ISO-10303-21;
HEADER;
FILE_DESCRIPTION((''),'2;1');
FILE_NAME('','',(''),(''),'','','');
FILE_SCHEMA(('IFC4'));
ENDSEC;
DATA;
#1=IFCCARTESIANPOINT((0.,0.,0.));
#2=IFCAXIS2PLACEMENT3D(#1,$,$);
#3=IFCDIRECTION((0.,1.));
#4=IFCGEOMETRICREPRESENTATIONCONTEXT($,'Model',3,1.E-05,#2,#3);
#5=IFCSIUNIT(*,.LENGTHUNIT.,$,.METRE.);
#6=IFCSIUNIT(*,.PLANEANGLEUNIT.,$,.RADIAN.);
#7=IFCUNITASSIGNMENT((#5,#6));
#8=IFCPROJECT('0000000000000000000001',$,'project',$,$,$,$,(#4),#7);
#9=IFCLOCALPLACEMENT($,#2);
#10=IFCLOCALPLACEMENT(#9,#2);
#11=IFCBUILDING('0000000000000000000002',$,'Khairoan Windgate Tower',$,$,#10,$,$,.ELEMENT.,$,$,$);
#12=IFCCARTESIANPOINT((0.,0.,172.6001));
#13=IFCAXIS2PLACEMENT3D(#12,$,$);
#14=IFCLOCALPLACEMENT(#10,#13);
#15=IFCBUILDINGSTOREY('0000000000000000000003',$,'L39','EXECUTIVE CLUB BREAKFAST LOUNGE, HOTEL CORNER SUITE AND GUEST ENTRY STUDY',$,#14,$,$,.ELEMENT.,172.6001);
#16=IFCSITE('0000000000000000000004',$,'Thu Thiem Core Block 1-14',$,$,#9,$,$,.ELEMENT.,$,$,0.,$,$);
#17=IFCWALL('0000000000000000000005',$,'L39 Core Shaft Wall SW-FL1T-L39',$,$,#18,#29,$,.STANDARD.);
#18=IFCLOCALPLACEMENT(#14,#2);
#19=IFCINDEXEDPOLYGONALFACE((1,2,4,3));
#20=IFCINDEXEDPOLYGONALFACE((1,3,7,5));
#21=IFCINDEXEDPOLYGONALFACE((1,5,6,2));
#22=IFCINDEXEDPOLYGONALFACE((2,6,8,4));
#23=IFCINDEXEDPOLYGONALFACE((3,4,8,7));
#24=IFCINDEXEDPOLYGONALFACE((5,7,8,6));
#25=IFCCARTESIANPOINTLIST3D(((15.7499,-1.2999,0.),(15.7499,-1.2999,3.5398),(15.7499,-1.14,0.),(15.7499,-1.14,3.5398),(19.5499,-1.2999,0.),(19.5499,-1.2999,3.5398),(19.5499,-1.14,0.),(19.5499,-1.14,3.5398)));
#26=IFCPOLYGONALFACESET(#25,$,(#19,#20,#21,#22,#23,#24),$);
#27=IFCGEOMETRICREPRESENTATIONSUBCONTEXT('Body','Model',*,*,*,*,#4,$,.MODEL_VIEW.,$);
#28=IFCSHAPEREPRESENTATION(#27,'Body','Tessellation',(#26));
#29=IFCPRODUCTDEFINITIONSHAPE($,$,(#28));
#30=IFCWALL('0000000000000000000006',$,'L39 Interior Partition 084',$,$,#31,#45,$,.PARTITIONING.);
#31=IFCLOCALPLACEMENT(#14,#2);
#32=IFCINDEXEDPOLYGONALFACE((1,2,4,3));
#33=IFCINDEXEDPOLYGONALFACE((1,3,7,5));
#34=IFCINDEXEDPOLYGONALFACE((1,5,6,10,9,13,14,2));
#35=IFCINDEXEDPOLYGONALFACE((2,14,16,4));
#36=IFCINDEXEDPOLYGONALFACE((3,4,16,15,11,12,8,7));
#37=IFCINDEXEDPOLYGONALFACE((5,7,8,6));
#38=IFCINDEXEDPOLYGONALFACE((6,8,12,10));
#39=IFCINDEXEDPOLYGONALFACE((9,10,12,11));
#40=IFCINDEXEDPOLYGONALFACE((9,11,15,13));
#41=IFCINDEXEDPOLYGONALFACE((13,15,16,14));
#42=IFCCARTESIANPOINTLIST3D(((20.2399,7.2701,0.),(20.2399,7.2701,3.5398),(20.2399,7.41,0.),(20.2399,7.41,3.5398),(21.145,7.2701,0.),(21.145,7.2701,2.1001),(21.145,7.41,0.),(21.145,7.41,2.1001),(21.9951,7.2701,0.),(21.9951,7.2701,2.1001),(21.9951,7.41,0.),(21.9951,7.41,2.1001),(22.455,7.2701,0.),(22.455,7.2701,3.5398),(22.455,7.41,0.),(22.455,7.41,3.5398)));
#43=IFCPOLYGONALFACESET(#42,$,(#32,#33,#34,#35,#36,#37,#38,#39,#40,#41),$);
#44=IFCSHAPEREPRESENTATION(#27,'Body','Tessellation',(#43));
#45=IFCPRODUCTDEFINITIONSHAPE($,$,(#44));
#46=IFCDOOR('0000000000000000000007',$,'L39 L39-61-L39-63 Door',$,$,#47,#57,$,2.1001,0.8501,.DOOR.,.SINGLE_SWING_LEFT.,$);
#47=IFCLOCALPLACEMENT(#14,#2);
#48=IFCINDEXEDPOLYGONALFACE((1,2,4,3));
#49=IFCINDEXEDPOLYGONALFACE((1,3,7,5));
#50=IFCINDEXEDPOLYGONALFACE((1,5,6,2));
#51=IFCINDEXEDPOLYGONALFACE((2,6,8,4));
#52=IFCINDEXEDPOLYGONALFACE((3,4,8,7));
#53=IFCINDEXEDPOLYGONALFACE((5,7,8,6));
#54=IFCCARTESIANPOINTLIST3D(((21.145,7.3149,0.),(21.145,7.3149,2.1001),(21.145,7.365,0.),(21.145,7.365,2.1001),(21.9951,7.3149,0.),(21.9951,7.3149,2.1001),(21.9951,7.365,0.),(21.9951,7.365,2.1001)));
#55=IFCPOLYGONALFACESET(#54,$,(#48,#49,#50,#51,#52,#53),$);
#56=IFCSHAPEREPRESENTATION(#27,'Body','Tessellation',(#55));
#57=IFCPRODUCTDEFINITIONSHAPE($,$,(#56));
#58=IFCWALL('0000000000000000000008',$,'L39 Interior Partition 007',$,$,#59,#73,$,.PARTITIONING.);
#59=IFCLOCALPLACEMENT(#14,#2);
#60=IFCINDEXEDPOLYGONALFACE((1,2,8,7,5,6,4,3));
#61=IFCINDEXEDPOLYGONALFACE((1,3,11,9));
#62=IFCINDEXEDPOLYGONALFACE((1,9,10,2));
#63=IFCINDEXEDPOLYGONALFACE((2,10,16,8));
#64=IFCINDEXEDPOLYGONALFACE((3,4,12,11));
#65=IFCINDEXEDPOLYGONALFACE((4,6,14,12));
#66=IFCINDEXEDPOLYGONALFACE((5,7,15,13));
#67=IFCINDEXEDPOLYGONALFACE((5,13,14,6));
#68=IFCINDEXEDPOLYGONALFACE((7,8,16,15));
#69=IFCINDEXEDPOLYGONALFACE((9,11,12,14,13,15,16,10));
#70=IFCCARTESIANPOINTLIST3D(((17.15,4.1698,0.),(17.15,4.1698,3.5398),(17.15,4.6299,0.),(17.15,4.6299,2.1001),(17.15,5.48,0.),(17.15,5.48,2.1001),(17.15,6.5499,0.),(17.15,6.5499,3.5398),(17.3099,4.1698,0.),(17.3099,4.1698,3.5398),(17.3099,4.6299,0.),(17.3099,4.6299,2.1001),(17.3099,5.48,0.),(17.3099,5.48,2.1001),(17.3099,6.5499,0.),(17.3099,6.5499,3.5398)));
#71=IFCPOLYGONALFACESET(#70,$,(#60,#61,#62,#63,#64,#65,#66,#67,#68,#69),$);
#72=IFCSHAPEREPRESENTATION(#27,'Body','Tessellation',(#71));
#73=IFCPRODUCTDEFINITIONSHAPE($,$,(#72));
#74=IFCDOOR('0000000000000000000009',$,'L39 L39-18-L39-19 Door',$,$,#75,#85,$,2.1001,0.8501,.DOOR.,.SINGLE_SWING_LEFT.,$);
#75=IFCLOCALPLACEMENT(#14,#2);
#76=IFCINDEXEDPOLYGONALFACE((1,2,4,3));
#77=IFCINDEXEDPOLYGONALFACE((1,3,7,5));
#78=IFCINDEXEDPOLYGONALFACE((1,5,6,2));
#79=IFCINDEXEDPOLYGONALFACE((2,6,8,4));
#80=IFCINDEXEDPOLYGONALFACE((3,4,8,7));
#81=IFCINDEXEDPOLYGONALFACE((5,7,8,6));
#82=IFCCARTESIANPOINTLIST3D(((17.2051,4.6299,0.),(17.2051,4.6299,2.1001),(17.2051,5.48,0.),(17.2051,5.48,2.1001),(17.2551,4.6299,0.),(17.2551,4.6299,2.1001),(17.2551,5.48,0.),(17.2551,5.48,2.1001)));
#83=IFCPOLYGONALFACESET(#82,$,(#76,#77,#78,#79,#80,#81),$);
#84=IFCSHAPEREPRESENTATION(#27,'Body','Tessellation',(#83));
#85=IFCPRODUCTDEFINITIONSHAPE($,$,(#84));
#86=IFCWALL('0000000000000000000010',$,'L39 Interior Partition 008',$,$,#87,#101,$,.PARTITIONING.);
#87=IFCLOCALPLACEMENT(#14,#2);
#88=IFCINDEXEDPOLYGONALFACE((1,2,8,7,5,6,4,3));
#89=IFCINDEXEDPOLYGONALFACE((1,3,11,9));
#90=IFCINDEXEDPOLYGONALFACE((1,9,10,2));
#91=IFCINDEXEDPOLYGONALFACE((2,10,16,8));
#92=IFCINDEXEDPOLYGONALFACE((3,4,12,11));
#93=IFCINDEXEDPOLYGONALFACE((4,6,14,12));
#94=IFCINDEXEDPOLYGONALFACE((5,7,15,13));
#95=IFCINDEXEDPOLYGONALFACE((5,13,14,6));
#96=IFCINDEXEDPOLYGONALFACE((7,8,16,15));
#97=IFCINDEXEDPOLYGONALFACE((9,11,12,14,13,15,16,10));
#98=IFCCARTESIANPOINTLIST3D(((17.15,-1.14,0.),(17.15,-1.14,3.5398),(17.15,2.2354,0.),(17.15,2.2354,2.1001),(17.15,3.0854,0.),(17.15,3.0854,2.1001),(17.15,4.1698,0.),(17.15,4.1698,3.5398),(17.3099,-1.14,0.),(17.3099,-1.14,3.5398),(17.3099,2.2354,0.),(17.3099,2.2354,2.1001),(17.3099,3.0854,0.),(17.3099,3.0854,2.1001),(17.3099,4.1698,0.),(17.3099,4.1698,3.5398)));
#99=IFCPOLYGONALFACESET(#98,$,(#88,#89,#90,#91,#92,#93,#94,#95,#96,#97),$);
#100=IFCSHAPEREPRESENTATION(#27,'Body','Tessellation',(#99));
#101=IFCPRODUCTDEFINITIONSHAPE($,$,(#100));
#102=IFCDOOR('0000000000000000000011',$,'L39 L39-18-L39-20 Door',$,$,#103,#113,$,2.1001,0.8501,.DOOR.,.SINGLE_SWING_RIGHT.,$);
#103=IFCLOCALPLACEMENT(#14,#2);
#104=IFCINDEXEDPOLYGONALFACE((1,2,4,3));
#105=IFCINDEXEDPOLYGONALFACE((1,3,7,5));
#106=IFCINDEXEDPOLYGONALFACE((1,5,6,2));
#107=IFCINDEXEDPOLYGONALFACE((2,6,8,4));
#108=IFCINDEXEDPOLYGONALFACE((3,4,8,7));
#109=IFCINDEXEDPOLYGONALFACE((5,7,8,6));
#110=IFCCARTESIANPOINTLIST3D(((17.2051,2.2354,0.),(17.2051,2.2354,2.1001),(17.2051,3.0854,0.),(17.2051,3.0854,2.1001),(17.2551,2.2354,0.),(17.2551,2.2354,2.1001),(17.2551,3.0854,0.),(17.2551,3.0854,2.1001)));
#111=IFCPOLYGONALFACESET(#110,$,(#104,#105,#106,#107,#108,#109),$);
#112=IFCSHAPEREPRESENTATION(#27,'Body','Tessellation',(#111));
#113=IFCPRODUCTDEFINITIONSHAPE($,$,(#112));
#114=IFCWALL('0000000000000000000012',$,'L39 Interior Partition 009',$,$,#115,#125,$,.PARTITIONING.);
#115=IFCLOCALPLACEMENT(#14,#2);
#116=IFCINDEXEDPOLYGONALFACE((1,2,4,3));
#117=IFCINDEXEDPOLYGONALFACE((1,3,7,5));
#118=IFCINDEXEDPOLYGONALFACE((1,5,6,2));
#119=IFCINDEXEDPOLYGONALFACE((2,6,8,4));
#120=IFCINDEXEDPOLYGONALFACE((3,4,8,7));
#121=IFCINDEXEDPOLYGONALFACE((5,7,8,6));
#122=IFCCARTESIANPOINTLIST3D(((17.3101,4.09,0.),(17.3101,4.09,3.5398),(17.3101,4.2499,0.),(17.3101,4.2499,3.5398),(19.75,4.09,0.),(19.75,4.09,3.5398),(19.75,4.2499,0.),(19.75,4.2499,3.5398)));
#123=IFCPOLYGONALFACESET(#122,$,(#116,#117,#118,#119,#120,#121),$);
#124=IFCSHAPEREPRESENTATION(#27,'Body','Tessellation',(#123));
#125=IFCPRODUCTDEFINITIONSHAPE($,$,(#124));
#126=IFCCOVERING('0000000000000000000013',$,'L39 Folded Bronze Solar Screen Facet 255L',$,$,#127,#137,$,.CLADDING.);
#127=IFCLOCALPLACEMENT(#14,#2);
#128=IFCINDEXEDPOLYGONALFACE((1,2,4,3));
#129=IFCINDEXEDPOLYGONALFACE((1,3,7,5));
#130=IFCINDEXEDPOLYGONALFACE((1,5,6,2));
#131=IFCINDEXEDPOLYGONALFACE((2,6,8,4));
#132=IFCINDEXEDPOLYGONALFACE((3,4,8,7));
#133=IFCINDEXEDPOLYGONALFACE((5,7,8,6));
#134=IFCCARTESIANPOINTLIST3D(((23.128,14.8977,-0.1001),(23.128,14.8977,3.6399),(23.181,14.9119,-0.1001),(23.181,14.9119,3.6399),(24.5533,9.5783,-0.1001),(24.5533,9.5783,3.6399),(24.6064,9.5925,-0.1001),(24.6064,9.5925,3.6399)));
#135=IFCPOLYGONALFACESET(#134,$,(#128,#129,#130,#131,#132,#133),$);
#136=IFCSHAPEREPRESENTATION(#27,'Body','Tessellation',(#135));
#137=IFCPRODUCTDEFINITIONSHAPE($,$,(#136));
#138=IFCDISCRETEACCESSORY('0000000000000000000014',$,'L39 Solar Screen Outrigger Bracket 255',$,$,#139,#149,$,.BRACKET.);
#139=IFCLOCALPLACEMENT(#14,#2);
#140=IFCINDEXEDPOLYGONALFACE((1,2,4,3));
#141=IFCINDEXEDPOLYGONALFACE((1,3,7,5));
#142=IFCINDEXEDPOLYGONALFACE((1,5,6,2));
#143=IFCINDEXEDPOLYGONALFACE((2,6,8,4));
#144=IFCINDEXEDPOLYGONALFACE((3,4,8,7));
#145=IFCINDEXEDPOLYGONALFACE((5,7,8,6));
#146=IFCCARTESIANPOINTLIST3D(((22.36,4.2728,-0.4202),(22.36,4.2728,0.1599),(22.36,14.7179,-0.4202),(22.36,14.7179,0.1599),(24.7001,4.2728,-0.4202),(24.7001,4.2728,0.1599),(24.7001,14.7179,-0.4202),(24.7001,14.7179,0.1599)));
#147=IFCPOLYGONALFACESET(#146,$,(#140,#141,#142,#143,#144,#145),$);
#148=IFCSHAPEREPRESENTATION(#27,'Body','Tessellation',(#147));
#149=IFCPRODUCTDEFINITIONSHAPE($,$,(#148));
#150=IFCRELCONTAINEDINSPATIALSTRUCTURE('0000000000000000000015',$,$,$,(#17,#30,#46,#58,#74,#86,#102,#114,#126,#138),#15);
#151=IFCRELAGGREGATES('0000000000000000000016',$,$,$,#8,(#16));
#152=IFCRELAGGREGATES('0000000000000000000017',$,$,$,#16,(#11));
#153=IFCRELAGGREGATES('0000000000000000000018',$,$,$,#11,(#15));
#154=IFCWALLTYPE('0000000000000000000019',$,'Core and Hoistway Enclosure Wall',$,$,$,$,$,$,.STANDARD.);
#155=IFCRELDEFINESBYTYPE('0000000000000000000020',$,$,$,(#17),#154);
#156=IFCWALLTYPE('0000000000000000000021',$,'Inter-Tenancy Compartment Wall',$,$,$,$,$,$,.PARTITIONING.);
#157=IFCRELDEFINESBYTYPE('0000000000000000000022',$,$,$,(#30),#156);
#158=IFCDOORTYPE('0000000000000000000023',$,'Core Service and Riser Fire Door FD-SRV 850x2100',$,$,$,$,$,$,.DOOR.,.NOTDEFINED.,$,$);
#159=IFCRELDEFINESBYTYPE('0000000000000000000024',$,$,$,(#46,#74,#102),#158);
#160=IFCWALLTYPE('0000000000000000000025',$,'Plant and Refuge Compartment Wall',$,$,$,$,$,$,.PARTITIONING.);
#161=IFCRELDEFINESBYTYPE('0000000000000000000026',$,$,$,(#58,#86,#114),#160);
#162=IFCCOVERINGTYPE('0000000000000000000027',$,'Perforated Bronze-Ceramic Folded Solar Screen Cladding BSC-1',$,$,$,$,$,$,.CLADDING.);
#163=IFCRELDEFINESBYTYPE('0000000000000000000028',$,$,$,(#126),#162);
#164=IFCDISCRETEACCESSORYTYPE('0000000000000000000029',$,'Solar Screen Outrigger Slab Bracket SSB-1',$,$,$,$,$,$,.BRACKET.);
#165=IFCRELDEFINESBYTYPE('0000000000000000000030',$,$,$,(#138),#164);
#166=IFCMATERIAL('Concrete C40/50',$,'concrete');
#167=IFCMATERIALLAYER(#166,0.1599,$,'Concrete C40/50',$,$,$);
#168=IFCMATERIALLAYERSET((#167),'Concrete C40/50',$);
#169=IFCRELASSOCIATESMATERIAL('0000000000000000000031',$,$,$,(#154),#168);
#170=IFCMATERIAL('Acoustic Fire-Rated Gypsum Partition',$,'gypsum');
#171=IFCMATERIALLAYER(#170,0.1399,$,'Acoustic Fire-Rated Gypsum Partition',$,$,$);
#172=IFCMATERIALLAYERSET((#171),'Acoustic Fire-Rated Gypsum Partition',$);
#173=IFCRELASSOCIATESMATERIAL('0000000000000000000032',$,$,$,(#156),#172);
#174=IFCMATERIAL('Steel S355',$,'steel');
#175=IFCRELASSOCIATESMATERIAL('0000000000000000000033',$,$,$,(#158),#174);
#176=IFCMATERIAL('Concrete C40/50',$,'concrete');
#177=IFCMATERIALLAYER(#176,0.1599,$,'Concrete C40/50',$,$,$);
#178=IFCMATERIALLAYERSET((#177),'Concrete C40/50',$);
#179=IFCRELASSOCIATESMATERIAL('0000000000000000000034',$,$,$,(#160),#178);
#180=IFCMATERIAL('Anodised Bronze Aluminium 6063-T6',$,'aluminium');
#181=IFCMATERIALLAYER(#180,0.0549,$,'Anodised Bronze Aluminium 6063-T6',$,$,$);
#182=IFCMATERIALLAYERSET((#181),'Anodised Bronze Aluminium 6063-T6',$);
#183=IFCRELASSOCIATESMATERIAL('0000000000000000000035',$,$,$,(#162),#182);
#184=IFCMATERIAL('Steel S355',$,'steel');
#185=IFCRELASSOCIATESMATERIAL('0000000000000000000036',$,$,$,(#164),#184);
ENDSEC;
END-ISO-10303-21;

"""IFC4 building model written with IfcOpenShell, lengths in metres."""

from ifc_helpers import new_model, si_unit, direction, frame, frame_2d, origin, origin_2d, place, context, subcontext, project, spatial, rectangle, extrude, material, layer, layer_set, type_object, element, fill, save


model = new_model("IFC4")

# Units and contexts
model_context = context("Model", 3, precision=1e-05, world=origin(), true_north=direction((0.0, 1.0)))
body_context = subcontext(model_context, "Body", "Model", "MODEL_VIEW")
ifc_project = project(units=[si_unit("LENGTHUNIT", "METRE"), si_unit("PLANEANGLEUNIT", "RADIAN")], contexts=[model_context])

# Site, building, storey
site_placement = place(None, origin())
site = spatial("IfcSite", under=ifc_project, at=site_placement, Name="Thu Thiem Core Block 1-14", CompositionType="ELEMENT", RefElevation=0.0)
building_placement = place(site_placement, origin())
building = spatial("IfcBuilding", under=site, at=building_placement, Name="Khairoan Windgate Tower", CompositionType="ELEMENT")
storey_placement = place(building_placement, frame((0.0, 0.0, 172.6001)))
storey = spatial("IfcBuildingStorey", under=building, at=storey_placement, Name="L39", Description="EXECUTIVE CLUB BREAKFAST LOUNGE, HOTEL CORNER SUITE AND GUEST ENTRY STUDY", CompositionType="ELEMENT", Elevation=172.6001)

# Wall
ifc_material_1 = material(Name="Concrete C40/50", Category="concrete")
ifc_layer_1 = layer(ifc_material_1, 0.1599, Name="Concrete C40/50")
ifc_layer_set_1 = layer_set([ifc_layer_1], Name="Concrete C40/50")
wall_type_1 = type_object("IfcWallType", Name="Core and Hoistway Enclosure Wall", PredefinedType="STANDARD", material=ifc_layer_set_1)
wall_1_placement = place(storey_placement, frame((15.75, -1.22, 0.0), z_axis=(0.0, 0.0, 1.0), x_axis=(1.0, 0.0, 0.0)))
element("IfcWall", 1, at=wall_1_placement, inside=storey, type_object=wall_type_1, Name="L39 Core Shaft Wall SW-FL1T-L39", PredefinedType="STANDARD", context=body_context, shape_type="SweptSolid", body=[
    extrude(rectangle(XDim=3.8, YDim=0.1599, at=frame_2d((1.8999, 0.0))), origin(), (0.0, 0.0, 1.0), 3.5398),
])

# Walls, openings, doors
ifc_material_2 = material(Name="Acoustic Fire-Rated Gypsum Partition", Category="gypsum")
ifc_layer_2 = layer(ifc_material_2, 0.1399, Name="Acoustic Fire-Rated Gypsum Partition")
ifc_layer_set_2 = layer_set([ifc_layer_2], Name="Acoustic Fire-Rated Gypsum Partition")
wall_type_2 = type_object("IfcWallType", Name="Inter-Tenancy Compartment Wall", PredefinedType="PARTITIONING", material=ifc_layer_set_2)
wall_2_placement = place(storey_placement, frame((20.24, 7.3401, 0.0), z_axis=(0.0, 0.0, 1.0), x_axis=(1.0, 0.0, 0.0)))
wall_2 = element("IfcWall", 2, at=wall_2_placement, inside=storey, type_object=wall_type_2, Name="L39 Interior Partition 084", PredefinedType="PARTITIONING", context=body_context, shape_type="SweptSolid", body=[
    extrude(rectangle(XDim=2.2151, YDim=0.1399, at=frame_2d((1.1074, 0.0))), origin(), (0.0, 0.0, 1.0), 3.5398),
])
opening_1_placement = place(wall_2_placement, frame((0.905, 0.0, 0.0)))
opening_1 = element("IfcOpeningElement", 3, at=opening_1_placement, cuts=wall_2, PredefinedType="OPENING", context=body_context, shape_type="SweptSolid", body=[
    extrude(rectangle(XDim=0.8501, YDim=2.1001, at=frame_2d((0.425, 1.05))), frame((0.0, 0.0798, 0.0), z_axis=(0.0, -1.0, 0.0), x_axis=(1.0, 0.0, 0.0)), (0.0, 0.0, 1.0), 0.1599),
])
ifc_material_3 = material(Name="Steel S355", Category="steel")
door_type = type_object("IfcDoorType", Name="Core Service and Riser Fire Door FD-SRV 850x2100", OperationType="NOTDEFINED", PredefinedType="DOOR", material=ifc_material_3)
door_1_placement = place(opening_1_placement, origin())
door_1 = element("IfcDoor", 4, at=door_1_placement, inside=storey, type_object=door_type, Name="L39 L39-61-L39-63 Door", OperationType="SINGLE_SWING_LEFT", OverallHeight=2.1001, OverallWidth=0.8501, PredefinedType="DOOR", context=body_context, shape_type="SweptSolid", body=[
    extrude(rectangle(XDim=0.8501, YDim=2.1001, at=frame_2d((0.425, 1.05))), frame((0.0, 0.0249, 0.0), z_axis=(0.0, -1.0, 0.0), x_axis=(1.0, 0.0, 0.0)), (0.0, 0.0, 1.0), 0.05),
])
fill(opening_1, door_1)
ifc_material_4 = material(Name="Concrete C40/50", Category="concrete")
ifc_layer_3 = layer(ifc_material_4, 0.1599, Name="Concrete C40/50")
ifc_layer_set_3 = layer_set([ifc_layer_3], Name="Concrete C40/50")
wall_type_3 = type_object("IfcWallType", Name="Plant and Refuge Compartment Wall", PredefinedType="PARTITIONING", material=ifc_layer_set_3)
wall_3_placement = place(storey_placement, frame((17.23, 4.1699, 0.0), z_axis=(0.0, 0.0, 1.0), x_axis=(0.0, 1.0, 0.0)))
wall_3 = element("IfcWall", 5, at=wall_3_placement, inside=storey, type_object=wall_type_3, Name="L39 Interior Partition 007", PredefinedType="PARTITIONING", context=body_context, shape_type="SweptSolid", body=[
    extrude(rectangle(XDim=2.3801, YDim=0.1599, at=frame_2d((1.1899, 0.0))), origin(), (0.0, 0.0, 1.0), 3.5398),
])
opening_2_placement = place(wall_3_placement, frame((0.46, 0.0, 0.0)))
opening_2 = element("IfcOpeningElement", 6, at=opening_2_placement, cuts=wall_3, PredefinedType="OPENING", context=body_context, shape_type="SweptSolid", body=[
    extrude(rectangle(XDim=0.8501, YDim=2.1001, at=frame_2d((0.425, 1.05))), frame((0.0, 0.0898, 0.0), z_axis=(0.0, -1.0, 0.0), x_axis=(1.0, 0.0, 0.0)), (0.0, 0.0, 1.0), 0.1799),
])
door_2_placement = place(opening_2_placement, origin())
door_2 = element("IfcDoor", 7, at=door_2_placement, inside=storey, type_object=door_type, Name="L39 L39-18-L39-19 Door", OperationType="SINGLE_SWING_LEFT", OverallHeight=2.1001, OverallWidth=0.8501, PredefinedType="DOOR", context=body_context, shape_type="SweptSolid", body=[
    extrude(rectangle(XDim=0.8501, YDim=2.1001, at=frame_2d((0.425, 1.05))), frame((0.0, 0.0249, 0.0), z_axis=(0.0, -1.0, 0.0), x_axis=(1.0, 0.0, 0.0)), (0.0, 0.0, 1.0), 0.05),
])
fill(opening_2, door_2)
wall_4_placement = place(storey_placement, frame((17.23, -1.1399, 0.0), z_axis=(0.0, 0.0, 1.0), x_axis=(0.0, 1.0, 0.0)))
wall_4 = element("IfcWall", 8, at=wall_4_placement, inside=storey, type_object=wall_type_3, Name="L39 Interior Partition 008", PredefinedType="PARTITIONING", context=body_context, shape_type="SweptSolid", body=[
    extrude(rectangle(XDim=5.3098, YDim=0.1599, at=frame_2d((2.6548, 0.0))), origin(), (0.0, 0.0, 1.0), 3.5398),
])
opening_3_placement = place(wall_4_placement, frame((3.3752, 0.0, 0.0)))
opening_3 = element("IfcOpeningElement", 9, at=opening_3_placement, cuts=wall_4, PredefinedType="OPENING", context=body_context, shape_type="SweptSolid", body=[
    extrude(rectangle(XDim=0.8501, YDim=2.1001, at=frame_2d((0.425, 1.05))), frame((0.0, 0.0898, 0.0), z_axis=(0.0, -1.0, 0.0), x_axis=(1.0, 0.0, 0.0)), (0.0, 0.0, 1.0), 0.1799),
])
door_3_placement = place(opening_3_placement, origin())
door_3 = element("IfcDoor", 10, at=door_3_placement, inside=storey, type_object=door_type, Name="L39 L39-18-L39-20 Door", OperationType="SINGLE_SWING_RIGHT", OverallHeight=2.1001, OverallWidth=0.8501, PredefinedType="DOOR", context=body_context, shape_type="SweptSolid", body=[
    extrude(rectangle(XDim=0.8501, YDim=2.1001, at=frame_2d((0.425, 1.05))), frame((0.0, 0.0249, 0.0), z_axis=(0.0, -1.0, 0.0), x_axis=(1.0, 0.0, 0.0)), (0.0, 0.0, 1.0), 0.05),
])
fill(opening_3, door_3)

# Wall
wall_5_placement = place(storey_placement, frame((17.3101, 4.1699, 0.0), z_axis=(0.0, 0.0, 1.0), x_axis=(1.0, 0.0, 0.0)))
element("IfcWall", 11, at=wall_5_placement, inside=storey, type_object=wall_type_3, Name="L39 Interior Partition 009", PredefinedType="PARTITIONING", context=body_context, shape_type="SweptSolid", body=[
    extrude(rectangle(XDim=2.4399, YDim=0.1599, at=frame_2d((1.22, 0.0))), origin(), (0.0, 0.0, 1.0), 3.5398),
])

# Covering
ifc_material_5 = material(Name="Anodised Bronze Aluminium 6063-T6", Category="aluminium")
ifc_layer_4 = layer(ifc_material_5, 0.0549, Name="Anodised Bronze Aluminium 6063-T6")
ifc_layer_set_4 = layer_set([ifc_layer_4], Name="Anodised Bronze Aluminium 6063-T6")
covering_type = type_object("IfcCoveringType", Name="Perforated Bronze-Ceramic Folded Solar Screen Cladding BSC-1", PredefinedType="CLADDING", material=ifc_layer_set_4)
covering_placement = place(storey_placement, frame((23.8672, 12.2451, -0.1001), z_axis=(0.0, 0.0, 1.0), x_axis=(0.258819, -0.965926, 0.0)))
element("IfcCovering", 12, at=covering_placement, inside=storey, type_object=covering_type, Name="L39 Folded Bronze Solar Screen Facet 255L", PredefinedType="CLADDING", context=body_context, shape_type="SweptSolid", body=[
    extrude(rectangle(XDim=5.5071, YDim=0.0549, at=origin_2d()), origin(), (0.0, 0.0, 1.0), 3.74),
])

# Discrete accessory
ifc_material_6 = material(Name="Steel S355", Category="steel")
discrete_accessory_type = type_object("IfcDiscreteAccessoryType", Name="Solar Screen Outrigger Slab Bracket SSB-1", PredefinedType="BRACKET", material=ifc_material_6)
discrete_accessory_placement = place(storey_placement, frame((23.53, 9.4954, -0.4202), z_axis=(0.0, 0.0, 1.0), x_axis=(0.0, -1.0, 0.0)))
element("IfcDiscreteAccessory", 13, at=discrete_accessory_placement, inside=storey, type_object=discrete_accessory_type, Name="L39 Solar Screen Outrigger Bracket 255", PredefinedType="BRACKET", context=body_context, shape_type="SweptSolid", body=[
    extrude(rectangle(XDim=10.4451, YDim=2.3401, at=origin_2d()), origin(), (0.0, 0.0, 1.0), 0.5801),
])

save(model, "model.ifc")
